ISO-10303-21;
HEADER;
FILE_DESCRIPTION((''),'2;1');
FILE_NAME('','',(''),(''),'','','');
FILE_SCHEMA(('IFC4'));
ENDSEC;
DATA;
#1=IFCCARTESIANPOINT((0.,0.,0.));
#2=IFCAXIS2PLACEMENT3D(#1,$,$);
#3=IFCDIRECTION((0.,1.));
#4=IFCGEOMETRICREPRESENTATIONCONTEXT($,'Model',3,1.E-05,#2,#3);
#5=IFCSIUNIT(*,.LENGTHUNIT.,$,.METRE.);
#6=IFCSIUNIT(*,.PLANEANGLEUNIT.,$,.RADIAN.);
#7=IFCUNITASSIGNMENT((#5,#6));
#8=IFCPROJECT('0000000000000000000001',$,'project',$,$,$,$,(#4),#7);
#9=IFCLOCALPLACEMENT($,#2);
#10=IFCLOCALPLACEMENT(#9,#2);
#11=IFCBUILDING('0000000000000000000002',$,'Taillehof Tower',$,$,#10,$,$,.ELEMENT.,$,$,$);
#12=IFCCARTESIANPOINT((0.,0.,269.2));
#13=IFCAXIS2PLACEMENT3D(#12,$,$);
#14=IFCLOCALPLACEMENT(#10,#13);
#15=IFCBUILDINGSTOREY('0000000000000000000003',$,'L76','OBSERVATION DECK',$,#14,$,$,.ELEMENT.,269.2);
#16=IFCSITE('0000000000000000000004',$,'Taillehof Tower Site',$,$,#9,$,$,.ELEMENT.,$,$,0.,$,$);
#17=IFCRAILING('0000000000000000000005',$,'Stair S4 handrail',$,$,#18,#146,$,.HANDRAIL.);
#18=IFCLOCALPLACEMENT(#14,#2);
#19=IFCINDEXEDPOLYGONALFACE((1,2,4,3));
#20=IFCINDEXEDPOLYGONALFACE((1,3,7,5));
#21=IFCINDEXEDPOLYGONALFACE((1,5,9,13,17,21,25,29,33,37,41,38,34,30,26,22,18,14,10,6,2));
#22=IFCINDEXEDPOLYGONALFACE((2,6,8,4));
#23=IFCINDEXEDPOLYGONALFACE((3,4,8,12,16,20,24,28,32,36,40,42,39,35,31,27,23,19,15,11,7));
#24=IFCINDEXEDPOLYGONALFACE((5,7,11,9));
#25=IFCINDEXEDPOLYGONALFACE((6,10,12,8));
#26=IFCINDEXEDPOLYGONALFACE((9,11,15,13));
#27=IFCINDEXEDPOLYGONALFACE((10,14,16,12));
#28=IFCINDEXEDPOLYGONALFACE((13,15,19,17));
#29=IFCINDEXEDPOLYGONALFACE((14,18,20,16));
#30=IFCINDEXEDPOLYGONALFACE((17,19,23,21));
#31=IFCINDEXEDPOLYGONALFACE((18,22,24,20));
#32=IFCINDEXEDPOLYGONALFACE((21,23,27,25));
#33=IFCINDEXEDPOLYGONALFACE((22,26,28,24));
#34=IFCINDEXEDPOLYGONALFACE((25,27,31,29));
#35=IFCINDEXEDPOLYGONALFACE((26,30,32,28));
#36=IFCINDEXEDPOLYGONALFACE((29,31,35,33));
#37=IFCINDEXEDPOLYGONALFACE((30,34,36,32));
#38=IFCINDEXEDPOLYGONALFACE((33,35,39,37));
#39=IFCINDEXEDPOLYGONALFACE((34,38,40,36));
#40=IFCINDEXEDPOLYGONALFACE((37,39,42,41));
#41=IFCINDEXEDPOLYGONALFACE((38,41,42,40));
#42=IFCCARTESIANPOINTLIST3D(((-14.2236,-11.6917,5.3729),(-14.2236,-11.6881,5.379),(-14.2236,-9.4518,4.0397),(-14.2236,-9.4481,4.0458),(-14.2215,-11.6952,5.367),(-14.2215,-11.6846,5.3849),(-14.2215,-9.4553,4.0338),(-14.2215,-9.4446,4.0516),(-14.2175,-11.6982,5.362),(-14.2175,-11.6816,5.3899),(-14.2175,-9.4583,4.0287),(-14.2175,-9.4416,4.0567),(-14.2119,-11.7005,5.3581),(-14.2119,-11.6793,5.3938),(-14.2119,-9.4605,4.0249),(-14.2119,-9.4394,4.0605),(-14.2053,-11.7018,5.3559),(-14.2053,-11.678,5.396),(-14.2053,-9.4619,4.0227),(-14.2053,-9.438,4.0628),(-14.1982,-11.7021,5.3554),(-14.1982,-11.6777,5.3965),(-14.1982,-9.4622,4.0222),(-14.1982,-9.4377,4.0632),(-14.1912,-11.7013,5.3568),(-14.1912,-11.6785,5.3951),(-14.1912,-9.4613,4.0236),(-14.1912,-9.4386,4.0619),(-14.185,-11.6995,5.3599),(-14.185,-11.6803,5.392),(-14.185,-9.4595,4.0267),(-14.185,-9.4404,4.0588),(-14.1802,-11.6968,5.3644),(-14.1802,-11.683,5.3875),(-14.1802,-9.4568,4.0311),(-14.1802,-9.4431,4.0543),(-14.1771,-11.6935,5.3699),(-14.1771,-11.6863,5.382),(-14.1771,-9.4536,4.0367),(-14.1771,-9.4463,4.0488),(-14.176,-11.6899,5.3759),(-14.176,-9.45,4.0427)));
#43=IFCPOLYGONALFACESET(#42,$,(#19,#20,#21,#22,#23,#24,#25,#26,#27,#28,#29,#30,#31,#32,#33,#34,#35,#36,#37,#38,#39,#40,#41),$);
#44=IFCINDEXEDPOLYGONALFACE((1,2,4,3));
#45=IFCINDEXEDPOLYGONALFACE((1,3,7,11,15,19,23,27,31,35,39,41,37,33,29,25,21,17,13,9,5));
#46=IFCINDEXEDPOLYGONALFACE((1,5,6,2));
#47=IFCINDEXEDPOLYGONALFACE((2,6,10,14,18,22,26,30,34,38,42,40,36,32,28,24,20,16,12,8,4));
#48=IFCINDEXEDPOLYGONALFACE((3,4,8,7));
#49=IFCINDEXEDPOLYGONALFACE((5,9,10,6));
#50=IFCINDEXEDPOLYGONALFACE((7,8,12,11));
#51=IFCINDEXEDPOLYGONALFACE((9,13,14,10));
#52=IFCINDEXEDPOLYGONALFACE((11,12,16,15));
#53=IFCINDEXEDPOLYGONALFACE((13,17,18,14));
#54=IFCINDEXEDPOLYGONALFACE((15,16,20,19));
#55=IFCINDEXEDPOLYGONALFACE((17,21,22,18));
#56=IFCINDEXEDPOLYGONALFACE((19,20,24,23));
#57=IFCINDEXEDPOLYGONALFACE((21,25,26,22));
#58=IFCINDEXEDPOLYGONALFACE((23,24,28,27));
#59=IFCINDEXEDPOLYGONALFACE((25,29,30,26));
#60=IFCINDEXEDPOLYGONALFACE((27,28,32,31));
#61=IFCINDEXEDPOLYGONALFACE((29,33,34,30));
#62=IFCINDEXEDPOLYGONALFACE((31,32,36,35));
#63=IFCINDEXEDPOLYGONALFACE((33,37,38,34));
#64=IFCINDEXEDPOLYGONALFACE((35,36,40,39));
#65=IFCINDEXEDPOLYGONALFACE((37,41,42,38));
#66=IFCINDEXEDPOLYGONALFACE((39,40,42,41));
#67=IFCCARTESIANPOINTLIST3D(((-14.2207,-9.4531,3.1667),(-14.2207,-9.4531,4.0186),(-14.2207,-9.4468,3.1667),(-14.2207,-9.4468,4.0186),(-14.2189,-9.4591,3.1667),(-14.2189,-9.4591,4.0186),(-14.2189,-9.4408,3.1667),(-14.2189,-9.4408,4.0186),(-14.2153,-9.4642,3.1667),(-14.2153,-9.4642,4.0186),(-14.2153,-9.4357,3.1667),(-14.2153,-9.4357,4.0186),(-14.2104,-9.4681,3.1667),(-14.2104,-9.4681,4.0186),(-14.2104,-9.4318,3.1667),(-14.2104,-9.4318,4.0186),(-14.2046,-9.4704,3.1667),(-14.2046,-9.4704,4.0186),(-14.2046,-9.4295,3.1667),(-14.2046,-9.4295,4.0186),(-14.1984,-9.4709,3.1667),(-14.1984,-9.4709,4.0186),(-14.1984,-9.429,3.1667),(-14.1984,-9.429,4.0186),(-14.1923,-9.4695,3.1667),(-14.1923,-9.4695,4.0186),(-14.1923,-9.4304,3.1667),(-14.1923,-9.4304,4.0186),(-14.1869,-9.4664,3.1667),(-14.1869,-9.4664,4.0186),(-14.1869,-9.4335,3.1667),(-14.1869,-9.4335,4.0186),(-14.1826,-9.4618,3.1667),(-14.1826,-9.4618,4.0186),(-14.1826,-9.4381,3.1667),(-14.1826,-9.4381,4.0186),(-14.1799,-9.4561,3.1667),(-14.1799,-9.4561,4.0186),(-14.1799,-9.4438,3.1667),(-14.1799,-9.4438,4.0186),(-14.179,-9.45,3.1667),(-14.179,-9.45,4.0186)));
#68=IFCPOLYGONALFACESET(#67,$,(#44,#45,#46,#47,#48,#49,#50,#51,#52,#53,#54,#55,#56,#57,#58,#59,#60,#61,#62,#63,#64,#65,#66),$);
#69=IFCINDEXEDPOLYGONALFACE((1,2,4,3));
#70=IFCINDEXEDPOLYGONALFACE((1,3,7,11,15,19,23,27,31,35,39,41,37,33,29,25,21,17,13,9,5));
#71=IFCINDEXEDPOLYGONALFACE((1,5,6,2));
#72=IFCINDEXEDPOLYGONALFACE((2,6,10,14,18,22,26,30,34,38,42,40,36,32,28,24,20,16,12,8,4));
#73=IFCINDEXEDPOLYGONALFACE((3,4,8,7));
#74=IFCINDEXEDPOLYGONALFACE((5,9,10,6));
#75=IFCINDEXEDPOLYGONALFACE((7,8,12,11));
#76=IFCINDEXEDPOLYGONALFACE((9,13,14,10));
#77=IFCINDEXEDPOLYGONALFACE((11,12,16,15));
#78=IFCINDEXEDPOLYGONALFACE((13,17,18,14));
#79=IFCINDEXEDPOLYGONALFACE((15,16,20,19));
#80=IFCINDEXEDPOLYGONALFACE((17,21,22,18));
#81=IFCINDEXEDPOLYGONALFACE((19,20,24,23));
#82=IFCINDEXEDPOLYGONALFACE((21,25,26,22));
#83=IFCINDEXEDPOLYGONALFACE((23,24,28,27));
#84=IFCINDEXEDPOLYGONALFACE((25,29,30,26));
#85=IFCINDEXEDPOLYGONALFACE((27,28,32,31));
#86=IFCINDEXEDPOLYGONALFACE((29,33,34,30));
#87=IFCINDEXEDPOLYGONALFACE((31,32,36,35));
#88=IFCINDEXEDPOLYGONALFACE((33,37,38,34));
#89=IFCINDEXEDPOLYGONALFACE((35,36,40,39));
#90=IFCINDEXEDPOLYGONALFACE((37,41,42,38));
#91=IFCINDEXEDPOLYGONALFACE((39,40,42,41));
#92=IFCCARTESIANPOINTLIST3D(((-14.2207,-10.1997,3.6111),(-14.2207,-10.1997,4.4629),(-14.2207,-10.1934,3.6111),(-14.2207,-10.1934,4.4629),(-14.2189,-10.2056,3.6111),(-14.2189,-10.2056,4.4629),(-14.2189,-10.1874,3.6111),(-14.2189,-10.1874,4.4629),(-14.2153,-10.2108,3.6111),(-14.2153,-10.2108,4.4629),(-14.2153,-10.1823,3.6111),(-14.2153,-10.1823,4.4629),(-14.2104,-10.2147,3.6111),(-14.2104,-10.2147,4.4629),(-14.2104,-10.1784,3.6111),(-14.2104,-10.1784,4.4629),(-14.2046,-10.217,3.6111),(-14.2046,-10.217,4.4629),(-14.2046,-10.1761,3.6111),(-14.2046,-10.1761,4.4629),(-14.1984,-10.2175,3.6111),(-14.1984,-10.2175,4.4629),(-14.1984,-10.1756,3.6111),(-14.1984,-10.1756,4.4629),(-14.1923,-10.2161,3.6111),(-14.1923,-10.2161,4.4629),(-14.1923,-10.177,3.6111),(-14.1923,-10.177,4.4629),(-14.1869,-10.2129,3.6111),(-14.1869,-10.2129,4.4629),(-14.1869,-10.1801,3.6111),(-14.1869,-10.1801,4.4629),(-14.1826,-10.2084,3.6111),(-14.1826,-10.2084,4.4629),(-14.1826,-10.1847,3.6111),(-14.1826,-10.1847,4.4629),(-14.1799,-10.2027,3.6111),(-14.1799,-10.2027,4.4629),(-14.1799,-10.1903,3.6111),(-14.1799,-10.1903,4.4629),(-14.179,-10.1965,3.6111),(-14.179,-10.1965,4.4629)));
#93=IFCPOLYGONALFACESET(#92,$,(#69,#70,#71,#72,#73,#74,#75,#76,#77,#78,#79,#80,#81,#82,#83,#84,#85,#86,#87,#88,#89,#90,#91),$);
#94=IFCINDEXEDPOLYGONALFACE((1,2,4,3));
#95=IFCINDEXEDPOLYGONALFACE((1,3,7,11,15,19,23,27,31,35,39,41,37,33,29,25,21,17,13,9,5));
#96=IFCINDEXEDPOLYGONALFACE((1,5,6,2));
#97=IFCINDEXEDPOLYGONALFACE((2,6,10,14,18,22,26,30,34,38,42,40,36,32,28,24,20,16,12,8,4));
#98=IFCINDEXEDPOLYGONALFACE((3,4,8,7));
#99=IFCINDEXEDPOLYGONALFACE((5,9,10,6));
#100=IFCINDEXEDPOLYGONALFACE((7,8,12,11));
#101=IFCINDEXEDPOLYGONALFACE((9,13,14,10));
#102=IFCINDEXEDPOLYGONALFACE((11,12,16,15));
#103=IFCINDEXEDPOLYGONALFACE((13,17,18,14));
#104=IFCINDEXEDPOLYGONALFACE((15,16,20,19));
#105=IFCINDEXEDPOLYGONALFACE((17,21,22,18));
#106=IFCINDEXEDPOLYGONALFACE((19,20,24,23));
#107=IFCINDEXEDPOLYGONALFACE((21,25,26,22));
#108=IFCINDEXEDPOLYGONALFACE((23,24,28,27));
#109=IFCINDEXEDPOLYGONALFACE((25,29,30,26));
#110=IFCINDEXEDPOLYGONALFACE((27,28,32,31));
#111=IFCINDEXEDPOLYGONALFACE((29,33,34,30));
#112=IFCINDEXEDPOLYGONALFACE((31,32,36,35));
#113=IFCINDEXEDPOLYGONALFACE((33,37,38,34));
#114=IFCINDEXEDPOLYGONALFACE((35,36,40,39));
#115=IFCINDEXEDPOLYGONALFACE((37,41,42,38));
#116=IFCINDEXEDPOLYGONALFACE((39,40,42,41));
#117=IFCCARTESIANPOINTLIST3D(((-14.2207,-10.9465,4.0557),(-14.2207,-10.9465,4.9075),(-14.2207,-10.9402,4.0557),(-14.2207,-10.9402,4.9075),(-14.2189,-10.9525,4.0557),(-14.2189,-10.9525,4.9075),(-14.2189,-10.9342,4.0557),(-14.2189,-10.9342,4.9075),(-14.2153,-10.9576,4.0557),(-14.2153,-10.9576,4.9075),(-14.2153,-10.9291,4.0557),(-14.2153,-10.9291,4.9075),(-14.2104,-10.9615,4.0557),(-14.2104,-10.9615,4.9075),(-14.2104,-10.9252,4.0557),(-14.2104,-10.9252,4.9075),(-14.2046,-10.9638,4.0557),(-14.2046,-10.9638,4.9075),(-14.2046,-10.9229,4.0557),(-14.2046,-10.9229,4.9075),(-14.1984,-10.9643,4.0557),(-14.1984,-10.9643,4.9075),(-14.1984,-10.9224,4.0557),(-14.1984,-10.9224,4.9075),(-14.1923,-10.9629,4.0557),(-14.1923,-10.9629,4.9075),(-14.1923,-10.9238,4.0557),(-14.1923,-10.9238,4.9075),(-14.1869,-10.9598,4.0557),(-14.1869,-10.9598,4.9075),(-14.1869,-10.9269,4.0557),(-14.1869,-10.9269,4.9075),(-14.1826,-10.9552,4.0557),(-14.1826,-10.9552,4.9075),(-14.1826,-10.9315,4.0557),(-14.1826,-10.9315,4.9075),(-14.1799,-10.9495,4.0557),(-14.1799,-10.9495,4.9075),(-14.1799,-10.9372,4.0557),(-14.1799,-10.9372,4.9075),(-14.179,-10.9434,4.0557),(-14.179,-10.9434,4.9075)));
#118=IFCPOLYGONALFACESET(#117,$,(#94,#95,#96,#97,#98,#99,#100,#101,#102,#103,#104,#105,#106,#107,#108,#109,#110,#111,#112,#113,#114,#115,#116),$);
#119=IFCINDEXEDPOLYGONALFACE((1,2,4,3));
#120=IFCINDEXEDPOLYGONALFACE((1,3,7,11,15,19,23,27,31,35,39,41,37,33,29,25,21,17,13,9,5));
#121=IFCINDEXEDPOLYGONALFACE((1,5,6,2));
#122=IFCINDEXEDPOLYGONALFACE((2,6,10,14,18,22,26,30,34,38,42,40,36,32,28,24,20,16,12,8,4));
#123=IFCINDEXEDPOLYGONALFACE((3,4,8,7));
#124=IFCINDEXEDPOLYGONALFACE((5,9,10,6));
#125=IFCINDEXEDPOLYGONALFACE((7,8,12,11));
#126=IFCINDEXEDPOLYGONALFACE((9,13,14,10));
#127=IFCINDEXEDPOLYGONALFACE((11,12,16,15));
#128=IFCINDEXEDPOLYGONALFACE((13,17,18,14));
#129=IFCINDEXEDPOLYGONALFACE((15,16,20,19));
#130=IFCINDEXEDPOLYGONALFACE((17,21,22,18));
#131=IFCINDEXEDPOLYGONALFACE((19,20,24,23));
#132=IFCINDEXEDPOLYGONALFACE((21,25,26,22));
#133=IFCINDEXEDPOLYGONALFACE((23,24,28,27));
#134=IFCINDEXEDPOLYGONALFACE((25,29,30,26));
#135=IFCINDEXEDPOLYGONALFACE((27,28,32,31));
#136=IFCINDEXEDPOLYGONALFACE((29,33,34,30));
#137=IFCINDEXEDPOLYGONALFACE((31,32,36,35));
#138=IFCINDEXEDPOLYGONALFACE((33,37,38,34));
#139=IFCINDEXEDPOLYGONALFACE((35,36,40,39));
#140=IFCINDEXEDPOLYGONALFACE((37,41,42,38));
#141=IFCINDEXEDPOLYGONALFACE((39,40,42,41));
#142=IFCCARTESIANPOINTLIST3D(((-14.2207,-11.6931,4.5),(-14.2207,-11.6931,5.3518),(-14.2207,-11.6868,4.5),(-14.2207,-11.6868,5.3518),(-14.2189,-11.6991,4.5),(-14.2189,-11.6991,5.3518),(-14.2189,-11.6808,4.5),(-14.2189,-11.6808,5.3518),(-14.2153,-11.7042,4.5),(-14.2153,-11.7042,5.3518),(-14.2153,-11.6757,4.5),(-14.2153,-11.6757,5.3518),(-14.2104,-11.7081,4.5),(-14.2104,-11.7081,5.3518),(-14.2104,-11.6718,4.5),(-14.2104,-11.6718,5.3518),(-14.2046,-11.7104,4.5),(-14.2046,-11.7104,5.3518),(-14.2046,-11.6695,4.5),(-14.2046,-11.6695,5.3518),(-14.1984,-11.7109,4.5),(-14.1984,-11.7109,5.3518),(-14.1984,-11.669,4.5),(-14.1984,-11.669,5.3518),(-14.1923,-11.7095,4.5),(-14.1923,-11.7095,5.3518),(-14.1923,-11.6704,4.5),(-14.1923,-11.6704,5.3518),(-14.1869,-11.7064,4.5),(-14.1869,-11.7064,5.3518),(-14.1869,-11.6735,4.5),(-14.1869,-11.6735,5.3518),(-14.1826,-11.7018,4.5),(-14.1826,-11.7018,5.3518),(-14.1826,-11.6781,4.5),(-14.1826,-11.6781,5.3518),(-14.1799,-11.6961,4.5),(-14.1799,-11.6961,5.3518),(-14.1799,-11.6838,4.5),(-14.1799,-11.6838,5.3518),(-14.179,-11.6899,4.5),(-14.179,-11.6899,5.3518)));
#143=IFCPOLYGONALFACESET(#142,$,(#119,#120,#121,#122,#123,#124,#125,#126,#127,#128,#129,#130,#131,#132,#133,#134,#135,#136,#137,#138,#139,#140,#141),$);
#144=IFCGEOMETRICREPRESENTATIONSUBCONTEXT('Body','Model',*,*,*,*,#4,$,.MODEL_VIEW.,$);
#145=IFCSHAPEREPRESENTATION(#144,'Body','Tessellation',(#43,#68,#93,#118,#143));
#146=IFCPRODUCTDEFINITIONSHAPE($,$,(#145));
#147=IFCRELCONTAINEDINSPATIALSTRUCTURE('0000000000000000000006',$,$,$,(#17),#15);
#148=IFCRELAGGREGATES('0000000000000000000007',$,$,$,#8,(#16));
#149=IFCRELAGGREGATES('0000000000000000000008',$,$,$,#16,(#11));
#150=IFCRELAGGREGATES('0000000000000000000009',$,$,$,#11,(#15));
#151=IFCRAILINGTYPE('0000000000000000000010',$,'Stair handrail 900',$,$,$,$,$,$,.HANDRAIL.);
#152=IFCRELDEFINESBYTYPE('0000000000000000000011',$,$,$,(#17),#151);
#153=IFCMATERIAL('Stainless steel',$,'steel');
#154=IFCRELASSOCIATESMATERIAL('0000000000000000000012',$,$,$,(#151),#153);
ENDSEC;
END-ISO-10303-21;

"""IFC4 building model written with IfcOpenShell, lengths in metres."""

from ifc_helpers import new_model, si_unit, direction, frame, origin, origin_2d, place, context, subcontext, project, spatial, circle, extrude, material, type_object, element, save


model = new_model("IFC4")

# Units and contexts
model_context = context("Model", 3, precision=1e-05, world=origin(), true_north=direction((0.0, 1.0)))
body_context = subcontext(model_context, "Body", "Model", "MODEL_VIEW")
ifc_project = project(units=[si_unit("LENGTHUNIT", "METRE"), si_unit("PLANEANGLEUNIT", "RADIAN")], contexts=[model_context])

# Site, building, storey
site_placement = place(None, origin())
site = spatial("IfcSite", under=ifc_project, at=site_placement, Name="Taillehof Tower Site", CompositionType="ELEMENT", RefElevation=0.0)
building_placement = place(site_placement, origin())
building = spatial("IfcBuilding", under=site, at=building_placement, Name="Taillehof Tower", CompositionType="ELEMENT")
storey_placement = place(building_placement, frame((0.0, 0.0, 269.2)))
storey = spatial("IfcBuildingStorey", under=building, at=storey_placement, Name="L76", Description="OBSERVATION DECK", CompositionType="ELEMENT", Elevation=269.2)

# Railing
ifc_material_1 = material(Name="Stainless steel", Category="steel")
railing_type_1 = type_object("IfcRailingType", Name="Stair handrail 900", PredefinedType="HANDRAIL", material=ifc_material_1)
railing_1_placement = place(storey_placement, frame((-14.2, -9.45, 3.1667)))
element("IfcRailing", 1, at=railing_1_placement, inside=storey, type_object=railing_type_1, Name="Stair S4 handrail", PredefinedType="HANDRAIL", context=body_context, shape_type="SweptSolid", body=[
    extrude(circle(Radius=0.0239, at=origin_2d()), frame((0.0, 0.0, 0.876), z_axis=(0.0, -0.859306, 0.511462), x_axis=(1.0, 0.0, 0.0)), (0.0, 0.0, 1.0), 2.6067),
    extrude(circle(Radius=0.021, at=origin_2d()), origin(), (0.0, 0.0, 1.0), 0.8518),
    extrude(circle(Radius=0.021, at=origin_2d()), frame((0.0, -0.7466, 0.4443)), (0.0, 0.0, 1.0), 0.8518),
    extrude(circle(Radius=0.021, at=origin_2d()), frame((0.0, -1.4934, 0.8889)), (0.0, 0.0, 1.0), 0.8518),
    extrude(circle(Radius=0.021, at=origin_2d()), frame((0.0, -2.24, 1.3333)), (0.0, 0.0, 1.0), 0.8518),
])

save(model, "model.ifc")
